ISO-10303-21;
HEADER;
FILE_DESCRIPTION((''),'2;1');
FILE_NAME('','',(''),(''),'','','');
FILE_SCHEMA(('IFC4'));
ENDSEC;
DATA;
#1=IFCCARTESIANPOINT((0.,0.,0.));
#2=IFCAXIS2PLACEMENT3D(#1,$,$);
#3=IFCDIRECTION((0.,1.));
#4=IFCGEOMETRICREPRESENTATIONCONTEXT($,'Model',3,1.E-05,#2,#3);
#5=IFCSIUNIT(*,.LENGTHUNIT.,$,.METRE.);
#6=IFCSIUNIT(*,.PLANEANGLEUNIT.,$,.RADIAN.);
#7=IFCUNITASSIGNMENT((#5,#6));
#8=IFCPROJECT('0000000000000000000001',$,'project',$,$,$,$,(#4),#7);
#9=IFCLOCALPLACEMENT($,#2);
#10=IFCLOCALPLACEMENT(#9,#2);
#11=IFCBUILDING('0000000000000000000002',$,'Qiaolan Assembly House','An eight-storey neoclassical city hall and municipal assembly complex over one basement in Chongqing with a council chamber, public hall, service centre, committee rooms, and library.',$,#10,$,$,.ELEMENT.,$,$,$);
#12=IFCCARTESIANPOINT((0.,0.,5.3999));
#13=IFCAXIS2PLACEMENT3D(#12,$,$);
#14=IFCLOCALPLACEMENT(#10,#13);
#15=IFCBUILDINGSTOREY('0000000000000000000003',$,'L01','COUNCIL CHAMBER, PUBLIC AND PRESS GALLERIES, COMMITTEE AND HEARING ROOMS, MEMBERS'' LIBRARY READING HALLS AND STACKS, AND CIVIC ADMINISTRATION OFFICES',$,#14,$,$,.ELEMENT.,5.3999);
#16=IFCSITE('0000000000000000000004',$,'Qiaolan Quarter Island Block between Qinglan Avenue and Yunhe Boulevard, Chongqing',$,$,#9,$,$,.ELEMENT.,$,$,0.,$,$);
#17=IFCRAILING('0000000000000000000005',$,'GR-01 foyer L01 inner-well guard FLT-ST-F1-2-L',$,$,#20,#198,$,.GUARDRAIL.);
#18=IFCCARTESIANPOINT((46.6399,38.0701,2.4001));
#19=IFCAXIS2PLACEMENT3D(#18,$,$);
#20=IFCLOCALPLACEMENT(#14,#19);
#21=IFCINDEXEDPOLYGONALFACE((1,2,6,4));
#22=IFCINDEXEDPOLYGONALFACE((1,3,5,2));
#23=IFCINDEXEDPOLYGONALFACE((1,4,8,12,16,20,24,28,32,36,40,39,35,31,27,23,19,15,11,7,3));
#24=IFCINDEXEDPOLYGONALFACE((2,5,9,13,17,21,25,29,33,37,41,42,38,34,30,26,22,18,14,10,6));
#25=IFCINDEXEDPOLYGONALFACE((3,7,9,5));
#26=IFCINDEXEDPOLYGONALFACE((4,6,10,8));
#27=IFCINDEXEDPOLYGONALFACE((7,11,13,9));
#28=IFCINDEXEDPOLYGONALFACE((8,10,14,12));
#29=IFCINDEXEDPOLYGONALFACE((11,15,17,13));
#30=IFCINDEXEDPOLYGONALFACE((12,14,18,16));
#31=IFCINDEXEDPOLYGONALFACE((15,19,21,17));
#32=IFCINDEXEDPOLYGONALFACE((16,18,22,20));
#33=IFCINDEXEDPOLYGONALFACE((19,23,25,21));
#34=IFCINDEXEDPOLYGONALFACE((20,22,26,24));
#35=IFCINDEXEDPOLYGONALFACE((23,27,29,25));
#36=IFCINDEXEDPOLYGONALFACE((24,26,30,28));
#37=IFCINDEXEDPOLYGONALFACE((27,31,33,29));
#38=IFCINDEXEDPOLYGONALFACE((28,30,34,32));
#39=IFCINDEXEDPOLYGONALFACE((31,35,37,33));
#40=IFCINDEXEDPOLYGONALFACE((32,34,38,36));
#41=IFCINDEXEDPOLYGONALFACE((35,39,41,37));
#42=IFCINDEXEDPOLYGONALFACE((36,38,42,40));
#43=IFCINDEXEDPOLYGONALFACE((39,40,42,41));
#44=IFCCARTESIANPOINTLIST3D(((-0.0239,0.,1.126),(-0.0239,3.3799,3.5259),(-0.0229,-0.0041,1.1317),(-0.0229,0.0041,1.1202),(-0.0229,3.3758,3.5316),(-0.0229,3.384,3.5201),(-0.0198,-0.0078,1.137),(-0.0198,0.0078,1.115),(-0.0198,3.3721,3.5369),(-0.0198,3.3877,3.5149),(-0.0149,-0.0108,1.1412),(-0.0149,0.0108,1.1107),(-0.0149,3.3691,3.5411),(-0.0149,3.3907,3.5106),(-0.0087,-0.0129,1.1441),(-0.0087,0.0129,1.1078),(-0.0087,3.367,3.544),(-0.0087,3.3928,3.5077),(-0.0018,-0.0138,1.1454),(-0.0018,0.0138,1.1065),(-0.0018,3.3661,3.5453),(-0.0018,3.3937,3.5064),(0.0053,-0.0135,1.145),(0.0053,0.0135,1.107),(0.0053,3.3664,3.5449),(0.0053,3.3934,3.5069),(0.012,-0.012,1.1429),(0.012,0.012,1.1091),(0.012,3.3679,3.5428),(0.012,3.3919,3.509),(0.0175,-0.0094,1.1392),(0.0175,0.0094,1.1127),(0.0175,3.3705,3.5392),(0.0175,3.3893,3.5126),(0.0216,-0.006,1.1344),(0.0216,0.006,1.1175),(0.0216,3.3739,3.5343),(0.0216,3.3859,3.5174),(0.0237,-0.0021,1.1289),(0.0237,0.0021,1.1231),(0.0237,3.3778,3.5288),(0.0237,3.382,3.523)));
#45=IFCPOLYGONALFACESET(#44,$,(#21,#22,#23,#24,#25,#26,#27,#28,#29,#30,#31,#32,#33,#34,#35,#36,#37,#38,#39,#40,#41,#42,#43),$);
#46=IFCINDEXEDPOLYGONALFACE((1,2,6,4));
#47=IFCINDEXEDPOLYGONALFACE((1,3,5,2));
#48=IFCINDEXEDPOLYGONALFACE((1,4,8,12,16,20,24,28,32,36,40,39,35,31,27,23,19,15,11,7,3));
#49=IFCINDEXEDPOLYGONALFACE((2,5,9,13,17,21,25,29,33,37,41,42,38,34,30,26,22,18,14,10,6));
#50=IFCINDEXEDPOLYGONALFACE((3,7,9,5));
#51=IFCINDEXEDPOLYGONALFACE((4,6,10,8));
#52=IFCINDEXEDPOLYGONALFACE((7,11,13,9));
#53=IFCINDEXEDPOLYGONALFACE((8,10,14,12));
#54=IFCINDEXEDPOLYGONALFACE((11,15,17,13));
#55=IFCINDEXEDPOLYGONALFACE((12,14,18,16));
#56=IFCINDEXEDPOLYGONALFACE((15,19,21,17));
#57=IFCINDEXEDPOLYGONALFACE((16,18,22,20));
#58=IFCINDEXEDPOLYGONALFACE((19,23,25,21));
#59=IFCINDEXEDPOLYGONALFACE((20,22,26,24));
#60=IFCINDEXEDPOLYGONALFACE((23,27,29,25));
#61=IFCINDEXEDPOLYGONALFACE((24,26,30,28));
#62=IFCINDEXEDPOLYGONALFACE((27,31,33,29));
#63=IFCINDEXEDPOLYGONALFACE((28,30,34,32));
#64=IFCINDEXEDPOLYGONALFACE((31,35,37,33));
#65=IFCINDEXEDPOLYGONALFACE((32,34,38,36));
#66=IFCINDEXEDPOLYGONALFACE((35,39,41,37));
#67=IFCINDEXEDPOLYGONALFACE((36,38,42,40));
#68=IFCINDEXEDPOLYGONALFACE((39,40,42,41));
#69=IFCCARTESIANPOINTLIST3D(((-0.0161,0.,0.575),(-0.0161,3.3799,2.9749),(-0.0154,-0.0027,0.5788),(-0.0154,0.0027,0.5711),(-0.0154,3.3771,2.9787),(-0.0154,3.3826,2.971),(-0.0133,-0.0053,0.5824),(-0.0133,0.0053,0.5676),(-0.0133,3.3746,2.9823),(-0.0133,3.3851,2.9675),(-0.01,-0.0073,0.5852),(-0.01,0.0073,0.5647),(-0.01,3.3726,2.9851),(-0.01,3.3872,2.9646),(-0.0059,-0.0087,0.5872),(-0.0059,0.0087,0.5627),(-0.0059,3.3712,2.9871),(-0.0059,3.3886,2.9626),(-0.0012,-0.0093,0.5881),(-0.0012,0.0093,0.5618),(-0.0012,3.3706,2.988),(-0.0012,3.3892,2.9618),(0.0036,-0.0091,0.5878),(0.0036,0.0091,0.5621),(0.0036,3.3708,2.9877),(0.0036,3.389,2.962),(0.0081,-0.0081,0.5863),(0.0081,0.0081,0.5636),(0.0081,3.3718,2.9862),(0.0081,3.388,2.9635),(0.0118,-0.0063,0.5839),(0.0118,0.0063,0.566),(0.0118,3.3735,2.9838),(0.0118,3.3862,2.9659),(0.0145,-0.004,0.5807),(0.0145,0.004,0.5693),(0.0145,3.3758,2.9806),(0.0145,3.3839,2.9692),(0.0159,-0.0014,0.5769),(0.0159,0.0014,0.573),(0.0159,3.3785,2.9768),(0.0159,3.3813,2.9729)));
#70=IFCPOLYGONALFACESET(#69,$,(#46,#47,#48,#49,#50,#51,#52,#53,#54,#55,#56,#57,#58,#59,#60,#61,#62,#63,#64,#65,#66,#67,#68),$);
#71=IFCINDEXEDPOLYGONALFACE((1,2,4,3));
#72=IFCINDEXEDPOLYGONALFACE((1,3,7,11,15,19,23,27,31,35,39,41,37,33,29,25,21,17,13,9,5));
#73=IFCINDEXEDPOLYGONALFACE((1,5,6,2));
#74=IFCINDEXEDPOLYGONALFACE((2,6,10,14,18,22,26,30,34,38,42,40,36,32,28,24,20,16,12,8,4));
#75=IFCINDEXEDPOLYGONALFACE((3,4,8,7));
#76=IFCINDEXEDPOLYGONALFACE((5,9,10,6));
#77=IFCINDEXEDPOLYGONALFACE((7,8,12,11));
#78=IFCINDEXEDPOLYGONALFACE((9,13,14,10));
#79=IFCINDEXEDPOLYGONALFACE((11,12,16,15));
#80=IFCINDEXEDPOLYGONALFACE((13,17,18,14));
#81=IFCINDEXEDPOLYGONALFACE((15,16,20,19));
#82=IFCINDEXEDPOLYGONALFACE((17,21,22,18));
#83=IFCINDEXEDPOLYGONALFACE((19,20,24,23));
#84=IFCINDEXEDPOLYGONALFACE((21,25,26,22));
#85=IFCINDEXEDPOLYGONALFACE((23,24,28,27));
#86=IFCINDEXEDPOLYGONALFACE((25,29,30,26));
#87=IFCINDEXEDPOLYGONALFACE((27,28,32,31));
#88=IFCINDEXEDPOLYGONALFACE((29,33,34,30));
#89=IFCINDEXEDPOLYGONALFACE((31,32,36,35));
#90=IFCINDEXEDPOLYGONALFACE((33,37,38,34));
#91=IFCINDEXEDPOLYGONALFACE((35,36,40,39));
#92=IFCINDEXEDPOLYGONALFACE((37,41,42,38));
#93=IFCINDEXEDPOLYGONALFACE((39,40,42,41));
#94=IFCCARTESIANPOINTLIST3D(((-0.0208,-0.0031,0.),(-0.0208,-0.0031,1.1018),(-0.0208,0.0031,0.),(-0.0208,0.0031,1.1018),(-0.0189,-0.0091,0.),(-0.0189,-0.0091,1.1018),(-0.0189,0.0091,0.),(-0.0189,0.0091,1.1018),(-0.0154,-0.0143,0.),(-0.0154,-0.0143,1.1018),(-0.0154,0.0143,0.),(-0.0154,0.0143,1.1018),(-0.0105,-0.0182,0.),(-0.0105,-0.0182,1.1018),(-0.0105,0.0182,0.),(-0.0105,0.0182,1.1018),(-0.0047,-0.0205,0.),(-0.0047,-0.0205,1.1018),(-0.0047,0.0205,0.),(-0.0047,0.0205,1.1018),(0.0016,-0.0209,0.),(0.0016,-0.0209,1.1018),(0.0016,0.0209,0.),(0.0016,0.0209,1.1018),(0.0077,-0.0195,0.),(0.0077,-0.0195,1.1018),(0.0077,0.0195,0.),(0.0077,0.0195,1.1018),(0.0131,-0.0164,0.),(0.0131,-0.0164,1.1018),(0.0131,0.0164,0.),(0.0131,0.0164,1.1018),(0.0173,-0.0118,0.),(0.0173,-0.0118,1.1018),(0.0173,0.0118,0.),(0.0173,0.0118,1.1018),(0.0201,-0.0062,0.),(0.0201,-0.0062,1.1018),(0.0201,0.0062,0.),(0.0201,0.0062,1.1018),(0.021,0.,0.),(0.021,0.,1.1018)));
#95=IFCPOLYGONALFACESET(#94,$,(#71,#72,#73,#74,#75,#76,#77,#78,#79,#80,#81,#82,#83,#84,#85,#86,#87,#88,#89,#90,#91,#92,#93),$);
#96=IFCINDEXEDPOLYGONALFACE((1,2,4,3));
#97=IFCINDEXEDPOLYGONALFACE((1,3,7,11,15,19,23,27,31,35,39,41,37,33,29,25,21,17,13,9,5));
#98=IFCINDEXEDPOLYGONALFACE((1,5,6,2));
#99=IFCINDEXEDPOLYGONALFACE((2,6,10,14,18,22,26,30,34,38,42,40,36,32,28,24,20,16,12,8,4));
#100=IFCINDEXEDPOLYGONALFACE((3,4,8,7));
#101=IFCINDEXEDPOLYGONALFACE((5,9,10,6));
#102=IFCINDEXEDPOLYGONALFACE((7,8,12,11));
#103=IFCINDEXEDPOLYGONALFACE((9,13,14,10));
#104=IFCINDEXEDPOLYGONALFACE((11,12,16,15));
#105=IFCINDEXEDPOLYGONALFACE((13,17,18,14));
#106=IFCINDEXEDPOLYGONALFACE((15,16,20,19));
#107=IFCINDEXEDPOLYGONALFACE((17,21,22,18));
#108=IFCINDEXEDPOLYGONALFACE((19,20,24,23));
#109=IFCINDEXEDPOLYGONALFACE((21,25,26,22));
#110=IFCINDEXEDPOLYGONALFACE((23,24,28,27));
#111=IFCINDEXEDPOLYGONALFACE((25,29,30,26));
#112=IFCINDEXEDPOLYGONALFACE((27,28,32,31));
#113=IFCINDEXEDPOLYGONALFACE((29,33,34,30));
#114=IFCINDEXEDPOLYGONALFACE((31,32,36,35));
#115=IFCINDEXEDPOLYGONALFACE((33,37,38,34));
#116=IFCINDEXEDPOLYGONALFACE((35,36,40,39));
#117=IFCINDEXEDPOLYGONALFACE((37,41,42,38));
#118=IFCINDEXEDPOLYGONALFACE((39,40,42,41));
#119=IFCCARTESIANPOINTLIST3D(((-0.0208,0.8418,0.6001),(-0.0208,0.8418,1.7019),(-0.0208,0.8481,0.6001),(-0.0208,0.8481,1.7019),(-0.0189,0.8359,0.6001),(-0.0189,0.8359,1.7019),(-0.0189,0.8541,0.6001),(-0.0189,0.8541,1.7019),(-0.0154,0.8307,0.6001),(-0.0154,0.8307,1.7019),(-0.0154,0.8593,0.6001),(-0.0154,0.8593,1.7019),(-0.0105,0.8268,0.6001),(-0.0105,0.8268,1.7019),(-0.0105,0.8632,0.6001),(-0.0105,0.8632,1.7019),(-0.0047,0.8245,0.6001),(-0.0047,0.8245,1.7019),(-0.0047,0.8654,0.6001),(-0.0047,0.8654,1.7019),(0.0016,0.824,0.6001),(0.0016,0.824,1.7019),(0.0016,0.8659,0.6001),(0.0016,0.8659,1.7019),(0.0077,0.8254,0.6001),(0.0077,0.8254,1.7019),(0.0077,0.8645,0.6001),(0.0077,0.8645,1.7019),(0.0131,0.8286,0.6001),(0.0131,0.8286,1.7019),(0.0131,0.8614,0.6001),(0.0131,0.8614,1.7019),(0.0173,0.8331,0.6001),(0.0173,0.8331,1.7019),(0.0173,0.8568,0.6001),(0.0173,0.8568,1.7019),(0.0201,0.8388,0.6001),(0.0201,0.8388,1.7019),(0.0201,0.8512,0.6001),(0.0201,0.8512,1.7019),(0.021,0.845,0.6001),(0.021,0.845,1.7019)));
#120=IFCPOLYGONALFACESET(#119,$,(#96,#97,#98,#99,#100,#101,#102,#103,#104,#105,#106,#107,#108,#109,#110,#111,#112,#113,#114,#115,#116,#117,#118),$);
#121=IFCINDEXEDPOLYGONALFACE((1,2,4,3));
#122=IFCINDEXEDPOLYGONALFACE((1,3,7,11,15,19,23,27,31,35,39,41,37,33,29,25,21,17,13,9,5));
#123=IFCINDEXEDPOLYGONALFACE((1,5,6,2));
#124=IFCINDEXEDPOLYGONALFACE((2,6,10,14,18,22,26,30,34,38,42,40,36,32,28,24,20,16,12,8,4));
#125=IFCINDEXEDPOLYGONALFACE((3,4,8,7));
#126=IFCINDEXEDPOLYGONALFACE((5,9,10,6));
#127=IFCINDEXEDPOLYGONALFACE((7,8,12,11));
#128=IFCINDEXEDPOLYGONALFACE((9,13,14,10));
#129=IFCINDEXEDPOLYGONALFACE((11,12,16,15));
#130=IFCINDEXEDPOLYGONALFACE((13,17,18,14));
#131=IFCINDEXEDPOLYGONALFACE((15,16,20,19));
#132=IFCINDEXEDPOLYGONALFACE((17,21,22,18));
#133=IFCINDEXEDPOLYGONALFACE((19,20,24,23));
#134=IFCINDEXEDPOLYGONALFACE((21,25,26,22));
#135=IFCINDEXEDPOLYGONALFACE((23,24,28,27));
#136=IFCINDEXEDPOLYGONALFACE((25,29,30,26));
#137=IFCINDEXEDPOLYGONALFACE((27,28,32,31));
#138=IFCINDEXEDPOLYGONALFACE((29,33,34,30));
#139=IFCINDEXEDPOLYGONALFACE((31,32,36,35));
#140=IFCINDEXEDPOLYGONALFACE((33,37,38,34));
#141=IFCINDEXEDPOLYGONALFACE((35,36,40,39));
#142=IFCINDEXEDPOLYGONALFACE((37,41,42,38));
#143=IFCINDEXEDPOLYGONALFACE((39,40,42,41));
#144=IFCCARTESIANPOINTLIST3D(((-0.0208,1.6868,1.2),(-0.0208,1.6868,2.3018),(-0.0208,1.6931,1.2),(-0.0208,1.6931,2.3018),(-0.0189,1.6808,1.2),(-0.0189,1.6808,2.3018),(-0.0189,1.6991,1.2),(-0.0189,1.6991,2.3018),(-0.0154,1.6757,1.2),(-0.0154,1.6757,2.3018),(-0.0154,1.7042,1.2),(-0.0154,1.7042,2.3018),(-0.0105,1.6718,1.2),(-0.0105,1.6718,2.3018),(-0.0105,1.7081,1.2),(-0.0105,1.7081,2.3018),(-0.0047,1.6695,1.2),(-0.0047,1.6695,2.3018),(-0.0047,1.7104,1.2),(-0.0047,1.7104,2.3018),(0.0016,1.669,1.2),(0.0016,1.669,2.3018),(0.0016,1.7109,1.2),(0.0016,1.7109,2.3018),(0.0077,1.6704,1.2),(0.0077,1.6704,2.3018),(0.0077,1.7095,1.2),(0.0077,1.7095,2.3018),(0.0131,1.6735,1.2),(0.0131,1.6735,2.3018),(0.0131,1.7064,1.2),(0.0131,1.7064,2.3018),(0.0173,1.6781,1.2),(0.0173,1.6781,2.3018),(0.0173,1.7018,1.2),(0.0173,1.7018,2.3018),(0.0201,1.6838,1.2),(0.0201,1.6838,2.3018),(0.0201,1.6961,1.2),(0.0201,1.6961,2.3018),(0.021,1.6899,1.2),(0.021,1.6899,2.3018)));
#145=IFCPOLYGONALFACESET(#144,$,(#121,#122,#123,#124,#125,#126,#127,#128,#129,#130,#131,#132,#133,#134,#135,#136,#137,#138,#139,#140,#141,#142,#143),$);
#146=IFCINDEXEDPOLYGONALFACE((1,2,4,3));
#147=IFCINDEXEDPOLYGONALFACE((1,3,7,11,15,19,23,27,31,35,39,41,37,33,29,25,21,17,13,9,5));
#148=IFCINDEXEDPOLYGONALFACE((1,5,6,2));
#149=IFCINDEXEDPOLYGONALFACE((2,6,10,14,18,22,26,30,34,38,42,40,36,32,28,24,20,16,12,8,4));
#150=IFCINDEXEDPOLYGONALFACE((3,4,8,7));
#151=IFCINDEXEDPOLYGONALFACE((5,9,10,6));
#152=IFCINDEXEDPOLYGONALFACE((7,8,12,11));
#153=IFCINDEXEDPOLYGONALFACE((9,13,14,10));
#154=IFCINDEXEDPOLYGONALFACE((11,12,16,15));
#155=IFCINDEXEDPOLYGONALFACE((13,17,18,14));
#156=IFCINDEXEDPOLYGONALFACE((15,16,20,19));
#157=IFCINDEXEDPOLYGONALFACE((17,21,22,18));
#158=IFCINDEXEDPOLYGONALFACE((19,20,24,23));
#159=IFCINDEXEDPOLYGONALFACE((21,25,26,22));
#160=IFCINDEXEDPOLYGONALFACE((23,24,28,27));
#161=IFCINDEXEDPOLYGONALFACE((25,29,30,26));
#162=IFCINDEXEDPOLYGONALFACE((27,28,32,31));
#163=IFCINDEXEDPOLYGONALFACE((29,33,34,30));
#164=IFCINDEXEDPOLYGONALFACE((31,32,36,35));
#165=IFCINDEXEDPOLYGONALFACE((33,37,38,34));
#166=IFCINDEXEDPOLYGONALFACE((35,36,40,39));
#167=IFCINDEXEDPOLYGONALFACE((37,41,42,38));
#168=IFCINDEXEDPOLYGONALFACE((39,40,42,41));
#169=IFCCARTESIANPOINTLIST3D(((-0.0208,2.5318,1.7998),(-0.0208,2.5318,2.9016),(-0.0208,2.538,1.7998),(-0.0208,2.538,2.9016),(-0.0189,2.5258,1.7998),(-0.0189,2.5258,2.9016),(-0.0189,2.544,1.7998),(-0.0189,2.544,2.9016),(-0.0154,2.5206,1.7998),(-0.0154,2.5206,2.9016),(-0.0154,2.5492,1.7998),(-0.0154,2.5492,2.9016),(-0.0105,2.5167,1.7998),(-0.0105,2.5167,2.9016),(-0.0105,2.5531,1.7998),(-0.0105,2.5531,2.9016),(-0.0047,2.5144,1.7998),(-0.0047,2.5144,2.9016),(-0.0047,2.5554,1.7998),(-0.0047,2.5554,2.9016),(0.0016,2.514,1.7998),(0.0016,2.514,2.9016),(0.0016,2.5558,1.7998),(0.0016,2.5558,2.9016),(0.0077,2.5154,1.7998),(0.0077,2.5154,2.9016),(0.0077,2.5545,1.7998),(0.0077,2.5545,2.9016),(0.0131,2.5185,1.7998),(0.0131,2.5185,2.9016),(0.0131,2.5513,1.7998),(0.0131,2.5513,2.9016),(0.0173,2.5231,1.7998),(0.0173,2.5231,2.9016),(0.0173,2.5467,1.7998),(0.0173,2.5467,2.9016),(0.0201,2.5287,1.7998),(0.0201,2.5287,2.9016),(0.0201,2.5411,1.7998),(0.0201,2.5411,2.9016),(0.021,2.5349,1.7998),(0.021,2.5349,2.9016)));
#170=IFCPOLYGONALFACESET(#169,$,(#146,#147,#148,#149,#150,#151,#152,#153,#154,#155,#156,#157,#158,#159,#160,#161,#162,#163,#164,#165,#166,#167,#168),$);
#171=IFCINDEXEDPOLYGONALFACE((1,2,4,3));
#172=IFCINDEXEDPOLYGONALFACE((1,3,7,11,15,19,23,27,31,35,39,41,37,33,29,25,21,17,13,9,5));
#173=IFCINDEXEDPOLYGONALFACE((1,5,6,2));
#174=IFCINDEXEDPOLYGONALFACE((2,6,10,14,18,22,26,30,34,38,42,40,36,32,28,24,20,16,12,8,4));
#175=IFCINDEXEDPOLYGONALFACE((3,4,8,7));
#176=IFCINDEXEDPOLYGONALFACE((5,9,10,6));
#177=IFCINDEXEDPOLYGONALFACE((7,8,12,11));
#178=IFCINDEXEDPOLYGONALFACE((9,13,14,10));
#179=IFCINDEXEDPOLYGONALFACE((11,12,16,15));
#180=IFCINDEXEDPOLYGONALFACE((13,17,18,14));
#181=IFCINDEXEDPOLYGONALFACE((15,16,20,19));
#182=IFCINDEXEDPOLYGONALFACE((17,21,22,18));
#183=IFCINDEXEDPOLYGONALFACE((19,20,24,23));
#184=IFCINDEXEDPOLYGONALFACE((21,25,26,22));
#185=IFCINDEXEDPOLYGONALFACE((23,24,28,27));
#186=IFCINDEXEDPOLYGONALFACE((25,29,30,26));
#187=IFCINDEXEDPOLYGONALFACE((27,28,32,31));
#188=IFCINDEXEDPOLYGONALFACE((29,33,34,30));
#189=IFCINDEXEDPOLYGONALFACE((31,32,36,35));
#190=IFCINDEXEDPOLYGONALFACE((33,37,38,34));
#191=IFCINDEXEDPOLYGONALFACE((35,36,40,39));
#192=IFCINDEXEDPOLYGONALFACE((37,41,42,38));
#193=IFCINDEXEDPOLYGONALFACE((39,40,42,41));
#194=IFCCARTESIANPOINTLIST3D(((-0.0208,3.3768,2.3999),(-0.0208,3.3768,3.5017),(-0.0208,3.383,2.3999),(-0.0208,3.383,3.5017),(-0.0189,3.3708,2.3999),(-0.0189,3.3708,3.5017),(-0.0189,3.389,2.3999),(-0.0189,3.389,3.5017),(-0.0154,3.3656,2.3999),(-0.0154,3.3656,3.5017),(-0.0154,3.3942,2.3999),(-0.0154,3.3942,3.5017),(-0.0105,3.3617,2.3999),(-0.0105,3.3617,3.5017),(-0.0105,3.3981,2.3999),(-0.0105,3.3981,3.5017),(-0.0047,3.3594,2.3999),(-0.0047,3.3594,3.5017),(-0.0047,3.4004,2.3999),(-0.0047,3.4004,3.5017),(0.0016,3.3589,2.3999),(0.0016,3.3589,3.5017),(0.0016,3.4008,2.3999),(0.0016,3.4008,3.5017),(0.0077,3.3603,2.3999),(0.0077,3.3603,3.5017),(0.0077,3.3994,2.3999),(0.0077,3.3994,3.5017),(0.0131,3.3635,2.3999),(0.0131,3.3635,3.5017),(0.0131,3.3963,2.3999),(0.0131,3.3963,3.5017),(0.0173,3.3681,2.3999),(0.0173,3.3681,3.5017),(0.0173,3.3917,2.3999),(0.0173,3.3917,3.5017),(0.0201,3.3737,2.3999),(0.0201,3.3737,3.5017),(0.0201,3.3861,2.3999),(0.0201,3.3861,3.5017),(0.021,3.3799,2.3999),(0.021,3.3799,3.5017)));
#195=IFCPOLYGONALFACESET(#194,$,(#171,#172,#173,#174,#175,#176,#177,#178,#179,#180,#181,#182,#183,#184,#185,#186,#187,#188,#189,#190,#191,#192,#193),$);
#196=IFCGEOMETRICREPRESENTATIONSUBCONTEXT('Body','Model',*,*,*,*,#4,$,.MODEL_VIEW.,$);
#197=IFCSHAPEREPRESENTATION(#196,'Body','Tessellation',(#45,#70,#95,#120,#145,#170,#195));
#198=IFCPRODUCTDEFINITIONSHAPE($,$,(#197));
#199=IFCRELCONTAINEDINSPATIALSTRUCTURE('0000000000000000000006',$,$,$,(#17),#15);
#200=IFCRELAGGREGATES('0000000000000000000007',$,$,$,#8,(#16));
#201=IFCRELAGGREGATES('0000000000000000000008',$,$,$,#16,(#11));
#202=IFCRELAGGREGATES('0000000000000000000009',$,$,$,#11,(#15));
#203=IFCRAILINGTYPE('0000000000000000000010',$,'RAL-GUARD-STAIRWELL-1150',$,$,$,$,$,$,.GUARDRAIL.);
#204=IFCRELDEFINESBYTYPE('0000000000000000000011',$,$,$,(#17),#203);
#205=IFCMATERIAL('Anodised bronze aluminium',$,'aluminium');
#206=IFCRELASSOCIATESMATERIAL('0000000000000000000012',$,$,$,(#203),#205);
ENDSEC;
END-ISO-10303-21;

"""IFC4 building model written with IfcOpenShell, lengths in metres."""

from ifc_helpers import new_model, si_unit, direction, frame, origin, origin_2d, place, context, subcontext, project, spatial, circle, extrude, material, type_object, element, save


model = new_model("IFC4")

# Units and contexts
model_context = context("Model", 3, precision=1e-05, world=origin(), true_north=direction((0.0, 1.0)))
body_context = subcontext(model_context, "Body", "Model", "MODEL_VIEW")
ifc_project = project(units=[si_unit("LENGTHUNIT", "METRE"), si_unit("PLANEANGLEUNIT", "RADIAN")], contexts=[model_context])

# Site, building, storey
site_placement = place(None, origin())
site = spatial("IfcSite", under=ifc_project, at=site_placement, Name="Qiaolan Quarter Island Block between Qinglan Avenue and Yunhe Boulevard, Chongqing", CompositionType="ELEMENT", RefElevation=0.0)
building_placement = place(site_placement, origin())
building = spatial("IfcBuilding", under=site, at=building_placement, Name="Qiaolan Assembly House", Description="An eight-storey neoclassical city hall and municipal assembly complex over one basement in Chongqing with a council chamber, public hall, service centre, committee rooms, and library.", CompositionType="ELEMENT")
storey_placement = place(building_placement, frame((0.0, 0.0, 5.3999)))
storey = spatial("IfcBuildingStorey", under=building, at=storey_placement, Name="L01", Description="COUNCIL CHAMBER, PUBLIC AND PRESS GALLERIES, COMMITTEE AND HEARING ROOMS, MEMBERS' LIBRARY READING HALLS AND STACKS, AND CIVIC ADMINISTRATION OFFICES", CompositionType="ELEMENT", Elevation=5.3999)

# Railing
ifc_material_1 = material(Name="Anodised bronze aluminium", Category="aluminium")
railing_type_1 = type_object("IfcRailingType", Name="RAL-GUARD-STAIRWELL-1150", PredefinedType="GUARDRAIL", material=ifc_material_1)
for number, where, name in (
    (1, (46.6399, 38.0701, 2.4001), "GR-01 foyer L01 inner-well guard FLT-ST-F1-2-L"),
):
    element("IfcRailing", number, at=place(storey_placement, frame(where)), inside=storey, type_object=railing_type_1, Name=name, PredefinedType="GUARDRAIL", context=body_context, shape_type="SweptSolid", body=[
        extrude(circle(Radius=0.0239, at=origin_2d()), frame((0.0, 0.0, 1.126), z_axis=(0.0, 0.815362, 0.578952), x_axis=(-1.0, 0.0, 0.0)), (0.0, 0.0, 1.0), 4.1453),
        extrude(circle(Radius=0.0161, at=origin_2d()), frame((0.0, 0.0, 0.575), z_axis=(0.0, 0.815362, 0.578952), x_axis=(-1.0, 0.0, 0.0)), (0.0, 0.0, 1.0), 4.1453),
        extrude(circle(Radius=0.021, at=origin_2d()), origin(), (0.0, 0.0, 1.0), 1.1018),
        extrude(circle(Radius=0.021, at=origin_2d()), frame((0.0, 0.845, 0.6001)), (0.0, 0.0, 1.0), 1.1018),
        extrude(circle(Radius=0.021, at=origin_2d()), frame((0.0, 1.6899, 1.2)), (0.0, 0.0, 1.0), 1.1018),
        extrude(circle(Radius=0.021, at=origin_2d()), frame((0.0, 2.5349, 1.7998)), (0.0, 0.0, 1.0), 1.1018),
        extrude(circle(Radius=0.021, at=origin_2d()), frame((0.0, 3.3799, 2.3999)), (0.0, 0.0, 1.0), 1.1018),
    ])

save(model, "model.ifc")
